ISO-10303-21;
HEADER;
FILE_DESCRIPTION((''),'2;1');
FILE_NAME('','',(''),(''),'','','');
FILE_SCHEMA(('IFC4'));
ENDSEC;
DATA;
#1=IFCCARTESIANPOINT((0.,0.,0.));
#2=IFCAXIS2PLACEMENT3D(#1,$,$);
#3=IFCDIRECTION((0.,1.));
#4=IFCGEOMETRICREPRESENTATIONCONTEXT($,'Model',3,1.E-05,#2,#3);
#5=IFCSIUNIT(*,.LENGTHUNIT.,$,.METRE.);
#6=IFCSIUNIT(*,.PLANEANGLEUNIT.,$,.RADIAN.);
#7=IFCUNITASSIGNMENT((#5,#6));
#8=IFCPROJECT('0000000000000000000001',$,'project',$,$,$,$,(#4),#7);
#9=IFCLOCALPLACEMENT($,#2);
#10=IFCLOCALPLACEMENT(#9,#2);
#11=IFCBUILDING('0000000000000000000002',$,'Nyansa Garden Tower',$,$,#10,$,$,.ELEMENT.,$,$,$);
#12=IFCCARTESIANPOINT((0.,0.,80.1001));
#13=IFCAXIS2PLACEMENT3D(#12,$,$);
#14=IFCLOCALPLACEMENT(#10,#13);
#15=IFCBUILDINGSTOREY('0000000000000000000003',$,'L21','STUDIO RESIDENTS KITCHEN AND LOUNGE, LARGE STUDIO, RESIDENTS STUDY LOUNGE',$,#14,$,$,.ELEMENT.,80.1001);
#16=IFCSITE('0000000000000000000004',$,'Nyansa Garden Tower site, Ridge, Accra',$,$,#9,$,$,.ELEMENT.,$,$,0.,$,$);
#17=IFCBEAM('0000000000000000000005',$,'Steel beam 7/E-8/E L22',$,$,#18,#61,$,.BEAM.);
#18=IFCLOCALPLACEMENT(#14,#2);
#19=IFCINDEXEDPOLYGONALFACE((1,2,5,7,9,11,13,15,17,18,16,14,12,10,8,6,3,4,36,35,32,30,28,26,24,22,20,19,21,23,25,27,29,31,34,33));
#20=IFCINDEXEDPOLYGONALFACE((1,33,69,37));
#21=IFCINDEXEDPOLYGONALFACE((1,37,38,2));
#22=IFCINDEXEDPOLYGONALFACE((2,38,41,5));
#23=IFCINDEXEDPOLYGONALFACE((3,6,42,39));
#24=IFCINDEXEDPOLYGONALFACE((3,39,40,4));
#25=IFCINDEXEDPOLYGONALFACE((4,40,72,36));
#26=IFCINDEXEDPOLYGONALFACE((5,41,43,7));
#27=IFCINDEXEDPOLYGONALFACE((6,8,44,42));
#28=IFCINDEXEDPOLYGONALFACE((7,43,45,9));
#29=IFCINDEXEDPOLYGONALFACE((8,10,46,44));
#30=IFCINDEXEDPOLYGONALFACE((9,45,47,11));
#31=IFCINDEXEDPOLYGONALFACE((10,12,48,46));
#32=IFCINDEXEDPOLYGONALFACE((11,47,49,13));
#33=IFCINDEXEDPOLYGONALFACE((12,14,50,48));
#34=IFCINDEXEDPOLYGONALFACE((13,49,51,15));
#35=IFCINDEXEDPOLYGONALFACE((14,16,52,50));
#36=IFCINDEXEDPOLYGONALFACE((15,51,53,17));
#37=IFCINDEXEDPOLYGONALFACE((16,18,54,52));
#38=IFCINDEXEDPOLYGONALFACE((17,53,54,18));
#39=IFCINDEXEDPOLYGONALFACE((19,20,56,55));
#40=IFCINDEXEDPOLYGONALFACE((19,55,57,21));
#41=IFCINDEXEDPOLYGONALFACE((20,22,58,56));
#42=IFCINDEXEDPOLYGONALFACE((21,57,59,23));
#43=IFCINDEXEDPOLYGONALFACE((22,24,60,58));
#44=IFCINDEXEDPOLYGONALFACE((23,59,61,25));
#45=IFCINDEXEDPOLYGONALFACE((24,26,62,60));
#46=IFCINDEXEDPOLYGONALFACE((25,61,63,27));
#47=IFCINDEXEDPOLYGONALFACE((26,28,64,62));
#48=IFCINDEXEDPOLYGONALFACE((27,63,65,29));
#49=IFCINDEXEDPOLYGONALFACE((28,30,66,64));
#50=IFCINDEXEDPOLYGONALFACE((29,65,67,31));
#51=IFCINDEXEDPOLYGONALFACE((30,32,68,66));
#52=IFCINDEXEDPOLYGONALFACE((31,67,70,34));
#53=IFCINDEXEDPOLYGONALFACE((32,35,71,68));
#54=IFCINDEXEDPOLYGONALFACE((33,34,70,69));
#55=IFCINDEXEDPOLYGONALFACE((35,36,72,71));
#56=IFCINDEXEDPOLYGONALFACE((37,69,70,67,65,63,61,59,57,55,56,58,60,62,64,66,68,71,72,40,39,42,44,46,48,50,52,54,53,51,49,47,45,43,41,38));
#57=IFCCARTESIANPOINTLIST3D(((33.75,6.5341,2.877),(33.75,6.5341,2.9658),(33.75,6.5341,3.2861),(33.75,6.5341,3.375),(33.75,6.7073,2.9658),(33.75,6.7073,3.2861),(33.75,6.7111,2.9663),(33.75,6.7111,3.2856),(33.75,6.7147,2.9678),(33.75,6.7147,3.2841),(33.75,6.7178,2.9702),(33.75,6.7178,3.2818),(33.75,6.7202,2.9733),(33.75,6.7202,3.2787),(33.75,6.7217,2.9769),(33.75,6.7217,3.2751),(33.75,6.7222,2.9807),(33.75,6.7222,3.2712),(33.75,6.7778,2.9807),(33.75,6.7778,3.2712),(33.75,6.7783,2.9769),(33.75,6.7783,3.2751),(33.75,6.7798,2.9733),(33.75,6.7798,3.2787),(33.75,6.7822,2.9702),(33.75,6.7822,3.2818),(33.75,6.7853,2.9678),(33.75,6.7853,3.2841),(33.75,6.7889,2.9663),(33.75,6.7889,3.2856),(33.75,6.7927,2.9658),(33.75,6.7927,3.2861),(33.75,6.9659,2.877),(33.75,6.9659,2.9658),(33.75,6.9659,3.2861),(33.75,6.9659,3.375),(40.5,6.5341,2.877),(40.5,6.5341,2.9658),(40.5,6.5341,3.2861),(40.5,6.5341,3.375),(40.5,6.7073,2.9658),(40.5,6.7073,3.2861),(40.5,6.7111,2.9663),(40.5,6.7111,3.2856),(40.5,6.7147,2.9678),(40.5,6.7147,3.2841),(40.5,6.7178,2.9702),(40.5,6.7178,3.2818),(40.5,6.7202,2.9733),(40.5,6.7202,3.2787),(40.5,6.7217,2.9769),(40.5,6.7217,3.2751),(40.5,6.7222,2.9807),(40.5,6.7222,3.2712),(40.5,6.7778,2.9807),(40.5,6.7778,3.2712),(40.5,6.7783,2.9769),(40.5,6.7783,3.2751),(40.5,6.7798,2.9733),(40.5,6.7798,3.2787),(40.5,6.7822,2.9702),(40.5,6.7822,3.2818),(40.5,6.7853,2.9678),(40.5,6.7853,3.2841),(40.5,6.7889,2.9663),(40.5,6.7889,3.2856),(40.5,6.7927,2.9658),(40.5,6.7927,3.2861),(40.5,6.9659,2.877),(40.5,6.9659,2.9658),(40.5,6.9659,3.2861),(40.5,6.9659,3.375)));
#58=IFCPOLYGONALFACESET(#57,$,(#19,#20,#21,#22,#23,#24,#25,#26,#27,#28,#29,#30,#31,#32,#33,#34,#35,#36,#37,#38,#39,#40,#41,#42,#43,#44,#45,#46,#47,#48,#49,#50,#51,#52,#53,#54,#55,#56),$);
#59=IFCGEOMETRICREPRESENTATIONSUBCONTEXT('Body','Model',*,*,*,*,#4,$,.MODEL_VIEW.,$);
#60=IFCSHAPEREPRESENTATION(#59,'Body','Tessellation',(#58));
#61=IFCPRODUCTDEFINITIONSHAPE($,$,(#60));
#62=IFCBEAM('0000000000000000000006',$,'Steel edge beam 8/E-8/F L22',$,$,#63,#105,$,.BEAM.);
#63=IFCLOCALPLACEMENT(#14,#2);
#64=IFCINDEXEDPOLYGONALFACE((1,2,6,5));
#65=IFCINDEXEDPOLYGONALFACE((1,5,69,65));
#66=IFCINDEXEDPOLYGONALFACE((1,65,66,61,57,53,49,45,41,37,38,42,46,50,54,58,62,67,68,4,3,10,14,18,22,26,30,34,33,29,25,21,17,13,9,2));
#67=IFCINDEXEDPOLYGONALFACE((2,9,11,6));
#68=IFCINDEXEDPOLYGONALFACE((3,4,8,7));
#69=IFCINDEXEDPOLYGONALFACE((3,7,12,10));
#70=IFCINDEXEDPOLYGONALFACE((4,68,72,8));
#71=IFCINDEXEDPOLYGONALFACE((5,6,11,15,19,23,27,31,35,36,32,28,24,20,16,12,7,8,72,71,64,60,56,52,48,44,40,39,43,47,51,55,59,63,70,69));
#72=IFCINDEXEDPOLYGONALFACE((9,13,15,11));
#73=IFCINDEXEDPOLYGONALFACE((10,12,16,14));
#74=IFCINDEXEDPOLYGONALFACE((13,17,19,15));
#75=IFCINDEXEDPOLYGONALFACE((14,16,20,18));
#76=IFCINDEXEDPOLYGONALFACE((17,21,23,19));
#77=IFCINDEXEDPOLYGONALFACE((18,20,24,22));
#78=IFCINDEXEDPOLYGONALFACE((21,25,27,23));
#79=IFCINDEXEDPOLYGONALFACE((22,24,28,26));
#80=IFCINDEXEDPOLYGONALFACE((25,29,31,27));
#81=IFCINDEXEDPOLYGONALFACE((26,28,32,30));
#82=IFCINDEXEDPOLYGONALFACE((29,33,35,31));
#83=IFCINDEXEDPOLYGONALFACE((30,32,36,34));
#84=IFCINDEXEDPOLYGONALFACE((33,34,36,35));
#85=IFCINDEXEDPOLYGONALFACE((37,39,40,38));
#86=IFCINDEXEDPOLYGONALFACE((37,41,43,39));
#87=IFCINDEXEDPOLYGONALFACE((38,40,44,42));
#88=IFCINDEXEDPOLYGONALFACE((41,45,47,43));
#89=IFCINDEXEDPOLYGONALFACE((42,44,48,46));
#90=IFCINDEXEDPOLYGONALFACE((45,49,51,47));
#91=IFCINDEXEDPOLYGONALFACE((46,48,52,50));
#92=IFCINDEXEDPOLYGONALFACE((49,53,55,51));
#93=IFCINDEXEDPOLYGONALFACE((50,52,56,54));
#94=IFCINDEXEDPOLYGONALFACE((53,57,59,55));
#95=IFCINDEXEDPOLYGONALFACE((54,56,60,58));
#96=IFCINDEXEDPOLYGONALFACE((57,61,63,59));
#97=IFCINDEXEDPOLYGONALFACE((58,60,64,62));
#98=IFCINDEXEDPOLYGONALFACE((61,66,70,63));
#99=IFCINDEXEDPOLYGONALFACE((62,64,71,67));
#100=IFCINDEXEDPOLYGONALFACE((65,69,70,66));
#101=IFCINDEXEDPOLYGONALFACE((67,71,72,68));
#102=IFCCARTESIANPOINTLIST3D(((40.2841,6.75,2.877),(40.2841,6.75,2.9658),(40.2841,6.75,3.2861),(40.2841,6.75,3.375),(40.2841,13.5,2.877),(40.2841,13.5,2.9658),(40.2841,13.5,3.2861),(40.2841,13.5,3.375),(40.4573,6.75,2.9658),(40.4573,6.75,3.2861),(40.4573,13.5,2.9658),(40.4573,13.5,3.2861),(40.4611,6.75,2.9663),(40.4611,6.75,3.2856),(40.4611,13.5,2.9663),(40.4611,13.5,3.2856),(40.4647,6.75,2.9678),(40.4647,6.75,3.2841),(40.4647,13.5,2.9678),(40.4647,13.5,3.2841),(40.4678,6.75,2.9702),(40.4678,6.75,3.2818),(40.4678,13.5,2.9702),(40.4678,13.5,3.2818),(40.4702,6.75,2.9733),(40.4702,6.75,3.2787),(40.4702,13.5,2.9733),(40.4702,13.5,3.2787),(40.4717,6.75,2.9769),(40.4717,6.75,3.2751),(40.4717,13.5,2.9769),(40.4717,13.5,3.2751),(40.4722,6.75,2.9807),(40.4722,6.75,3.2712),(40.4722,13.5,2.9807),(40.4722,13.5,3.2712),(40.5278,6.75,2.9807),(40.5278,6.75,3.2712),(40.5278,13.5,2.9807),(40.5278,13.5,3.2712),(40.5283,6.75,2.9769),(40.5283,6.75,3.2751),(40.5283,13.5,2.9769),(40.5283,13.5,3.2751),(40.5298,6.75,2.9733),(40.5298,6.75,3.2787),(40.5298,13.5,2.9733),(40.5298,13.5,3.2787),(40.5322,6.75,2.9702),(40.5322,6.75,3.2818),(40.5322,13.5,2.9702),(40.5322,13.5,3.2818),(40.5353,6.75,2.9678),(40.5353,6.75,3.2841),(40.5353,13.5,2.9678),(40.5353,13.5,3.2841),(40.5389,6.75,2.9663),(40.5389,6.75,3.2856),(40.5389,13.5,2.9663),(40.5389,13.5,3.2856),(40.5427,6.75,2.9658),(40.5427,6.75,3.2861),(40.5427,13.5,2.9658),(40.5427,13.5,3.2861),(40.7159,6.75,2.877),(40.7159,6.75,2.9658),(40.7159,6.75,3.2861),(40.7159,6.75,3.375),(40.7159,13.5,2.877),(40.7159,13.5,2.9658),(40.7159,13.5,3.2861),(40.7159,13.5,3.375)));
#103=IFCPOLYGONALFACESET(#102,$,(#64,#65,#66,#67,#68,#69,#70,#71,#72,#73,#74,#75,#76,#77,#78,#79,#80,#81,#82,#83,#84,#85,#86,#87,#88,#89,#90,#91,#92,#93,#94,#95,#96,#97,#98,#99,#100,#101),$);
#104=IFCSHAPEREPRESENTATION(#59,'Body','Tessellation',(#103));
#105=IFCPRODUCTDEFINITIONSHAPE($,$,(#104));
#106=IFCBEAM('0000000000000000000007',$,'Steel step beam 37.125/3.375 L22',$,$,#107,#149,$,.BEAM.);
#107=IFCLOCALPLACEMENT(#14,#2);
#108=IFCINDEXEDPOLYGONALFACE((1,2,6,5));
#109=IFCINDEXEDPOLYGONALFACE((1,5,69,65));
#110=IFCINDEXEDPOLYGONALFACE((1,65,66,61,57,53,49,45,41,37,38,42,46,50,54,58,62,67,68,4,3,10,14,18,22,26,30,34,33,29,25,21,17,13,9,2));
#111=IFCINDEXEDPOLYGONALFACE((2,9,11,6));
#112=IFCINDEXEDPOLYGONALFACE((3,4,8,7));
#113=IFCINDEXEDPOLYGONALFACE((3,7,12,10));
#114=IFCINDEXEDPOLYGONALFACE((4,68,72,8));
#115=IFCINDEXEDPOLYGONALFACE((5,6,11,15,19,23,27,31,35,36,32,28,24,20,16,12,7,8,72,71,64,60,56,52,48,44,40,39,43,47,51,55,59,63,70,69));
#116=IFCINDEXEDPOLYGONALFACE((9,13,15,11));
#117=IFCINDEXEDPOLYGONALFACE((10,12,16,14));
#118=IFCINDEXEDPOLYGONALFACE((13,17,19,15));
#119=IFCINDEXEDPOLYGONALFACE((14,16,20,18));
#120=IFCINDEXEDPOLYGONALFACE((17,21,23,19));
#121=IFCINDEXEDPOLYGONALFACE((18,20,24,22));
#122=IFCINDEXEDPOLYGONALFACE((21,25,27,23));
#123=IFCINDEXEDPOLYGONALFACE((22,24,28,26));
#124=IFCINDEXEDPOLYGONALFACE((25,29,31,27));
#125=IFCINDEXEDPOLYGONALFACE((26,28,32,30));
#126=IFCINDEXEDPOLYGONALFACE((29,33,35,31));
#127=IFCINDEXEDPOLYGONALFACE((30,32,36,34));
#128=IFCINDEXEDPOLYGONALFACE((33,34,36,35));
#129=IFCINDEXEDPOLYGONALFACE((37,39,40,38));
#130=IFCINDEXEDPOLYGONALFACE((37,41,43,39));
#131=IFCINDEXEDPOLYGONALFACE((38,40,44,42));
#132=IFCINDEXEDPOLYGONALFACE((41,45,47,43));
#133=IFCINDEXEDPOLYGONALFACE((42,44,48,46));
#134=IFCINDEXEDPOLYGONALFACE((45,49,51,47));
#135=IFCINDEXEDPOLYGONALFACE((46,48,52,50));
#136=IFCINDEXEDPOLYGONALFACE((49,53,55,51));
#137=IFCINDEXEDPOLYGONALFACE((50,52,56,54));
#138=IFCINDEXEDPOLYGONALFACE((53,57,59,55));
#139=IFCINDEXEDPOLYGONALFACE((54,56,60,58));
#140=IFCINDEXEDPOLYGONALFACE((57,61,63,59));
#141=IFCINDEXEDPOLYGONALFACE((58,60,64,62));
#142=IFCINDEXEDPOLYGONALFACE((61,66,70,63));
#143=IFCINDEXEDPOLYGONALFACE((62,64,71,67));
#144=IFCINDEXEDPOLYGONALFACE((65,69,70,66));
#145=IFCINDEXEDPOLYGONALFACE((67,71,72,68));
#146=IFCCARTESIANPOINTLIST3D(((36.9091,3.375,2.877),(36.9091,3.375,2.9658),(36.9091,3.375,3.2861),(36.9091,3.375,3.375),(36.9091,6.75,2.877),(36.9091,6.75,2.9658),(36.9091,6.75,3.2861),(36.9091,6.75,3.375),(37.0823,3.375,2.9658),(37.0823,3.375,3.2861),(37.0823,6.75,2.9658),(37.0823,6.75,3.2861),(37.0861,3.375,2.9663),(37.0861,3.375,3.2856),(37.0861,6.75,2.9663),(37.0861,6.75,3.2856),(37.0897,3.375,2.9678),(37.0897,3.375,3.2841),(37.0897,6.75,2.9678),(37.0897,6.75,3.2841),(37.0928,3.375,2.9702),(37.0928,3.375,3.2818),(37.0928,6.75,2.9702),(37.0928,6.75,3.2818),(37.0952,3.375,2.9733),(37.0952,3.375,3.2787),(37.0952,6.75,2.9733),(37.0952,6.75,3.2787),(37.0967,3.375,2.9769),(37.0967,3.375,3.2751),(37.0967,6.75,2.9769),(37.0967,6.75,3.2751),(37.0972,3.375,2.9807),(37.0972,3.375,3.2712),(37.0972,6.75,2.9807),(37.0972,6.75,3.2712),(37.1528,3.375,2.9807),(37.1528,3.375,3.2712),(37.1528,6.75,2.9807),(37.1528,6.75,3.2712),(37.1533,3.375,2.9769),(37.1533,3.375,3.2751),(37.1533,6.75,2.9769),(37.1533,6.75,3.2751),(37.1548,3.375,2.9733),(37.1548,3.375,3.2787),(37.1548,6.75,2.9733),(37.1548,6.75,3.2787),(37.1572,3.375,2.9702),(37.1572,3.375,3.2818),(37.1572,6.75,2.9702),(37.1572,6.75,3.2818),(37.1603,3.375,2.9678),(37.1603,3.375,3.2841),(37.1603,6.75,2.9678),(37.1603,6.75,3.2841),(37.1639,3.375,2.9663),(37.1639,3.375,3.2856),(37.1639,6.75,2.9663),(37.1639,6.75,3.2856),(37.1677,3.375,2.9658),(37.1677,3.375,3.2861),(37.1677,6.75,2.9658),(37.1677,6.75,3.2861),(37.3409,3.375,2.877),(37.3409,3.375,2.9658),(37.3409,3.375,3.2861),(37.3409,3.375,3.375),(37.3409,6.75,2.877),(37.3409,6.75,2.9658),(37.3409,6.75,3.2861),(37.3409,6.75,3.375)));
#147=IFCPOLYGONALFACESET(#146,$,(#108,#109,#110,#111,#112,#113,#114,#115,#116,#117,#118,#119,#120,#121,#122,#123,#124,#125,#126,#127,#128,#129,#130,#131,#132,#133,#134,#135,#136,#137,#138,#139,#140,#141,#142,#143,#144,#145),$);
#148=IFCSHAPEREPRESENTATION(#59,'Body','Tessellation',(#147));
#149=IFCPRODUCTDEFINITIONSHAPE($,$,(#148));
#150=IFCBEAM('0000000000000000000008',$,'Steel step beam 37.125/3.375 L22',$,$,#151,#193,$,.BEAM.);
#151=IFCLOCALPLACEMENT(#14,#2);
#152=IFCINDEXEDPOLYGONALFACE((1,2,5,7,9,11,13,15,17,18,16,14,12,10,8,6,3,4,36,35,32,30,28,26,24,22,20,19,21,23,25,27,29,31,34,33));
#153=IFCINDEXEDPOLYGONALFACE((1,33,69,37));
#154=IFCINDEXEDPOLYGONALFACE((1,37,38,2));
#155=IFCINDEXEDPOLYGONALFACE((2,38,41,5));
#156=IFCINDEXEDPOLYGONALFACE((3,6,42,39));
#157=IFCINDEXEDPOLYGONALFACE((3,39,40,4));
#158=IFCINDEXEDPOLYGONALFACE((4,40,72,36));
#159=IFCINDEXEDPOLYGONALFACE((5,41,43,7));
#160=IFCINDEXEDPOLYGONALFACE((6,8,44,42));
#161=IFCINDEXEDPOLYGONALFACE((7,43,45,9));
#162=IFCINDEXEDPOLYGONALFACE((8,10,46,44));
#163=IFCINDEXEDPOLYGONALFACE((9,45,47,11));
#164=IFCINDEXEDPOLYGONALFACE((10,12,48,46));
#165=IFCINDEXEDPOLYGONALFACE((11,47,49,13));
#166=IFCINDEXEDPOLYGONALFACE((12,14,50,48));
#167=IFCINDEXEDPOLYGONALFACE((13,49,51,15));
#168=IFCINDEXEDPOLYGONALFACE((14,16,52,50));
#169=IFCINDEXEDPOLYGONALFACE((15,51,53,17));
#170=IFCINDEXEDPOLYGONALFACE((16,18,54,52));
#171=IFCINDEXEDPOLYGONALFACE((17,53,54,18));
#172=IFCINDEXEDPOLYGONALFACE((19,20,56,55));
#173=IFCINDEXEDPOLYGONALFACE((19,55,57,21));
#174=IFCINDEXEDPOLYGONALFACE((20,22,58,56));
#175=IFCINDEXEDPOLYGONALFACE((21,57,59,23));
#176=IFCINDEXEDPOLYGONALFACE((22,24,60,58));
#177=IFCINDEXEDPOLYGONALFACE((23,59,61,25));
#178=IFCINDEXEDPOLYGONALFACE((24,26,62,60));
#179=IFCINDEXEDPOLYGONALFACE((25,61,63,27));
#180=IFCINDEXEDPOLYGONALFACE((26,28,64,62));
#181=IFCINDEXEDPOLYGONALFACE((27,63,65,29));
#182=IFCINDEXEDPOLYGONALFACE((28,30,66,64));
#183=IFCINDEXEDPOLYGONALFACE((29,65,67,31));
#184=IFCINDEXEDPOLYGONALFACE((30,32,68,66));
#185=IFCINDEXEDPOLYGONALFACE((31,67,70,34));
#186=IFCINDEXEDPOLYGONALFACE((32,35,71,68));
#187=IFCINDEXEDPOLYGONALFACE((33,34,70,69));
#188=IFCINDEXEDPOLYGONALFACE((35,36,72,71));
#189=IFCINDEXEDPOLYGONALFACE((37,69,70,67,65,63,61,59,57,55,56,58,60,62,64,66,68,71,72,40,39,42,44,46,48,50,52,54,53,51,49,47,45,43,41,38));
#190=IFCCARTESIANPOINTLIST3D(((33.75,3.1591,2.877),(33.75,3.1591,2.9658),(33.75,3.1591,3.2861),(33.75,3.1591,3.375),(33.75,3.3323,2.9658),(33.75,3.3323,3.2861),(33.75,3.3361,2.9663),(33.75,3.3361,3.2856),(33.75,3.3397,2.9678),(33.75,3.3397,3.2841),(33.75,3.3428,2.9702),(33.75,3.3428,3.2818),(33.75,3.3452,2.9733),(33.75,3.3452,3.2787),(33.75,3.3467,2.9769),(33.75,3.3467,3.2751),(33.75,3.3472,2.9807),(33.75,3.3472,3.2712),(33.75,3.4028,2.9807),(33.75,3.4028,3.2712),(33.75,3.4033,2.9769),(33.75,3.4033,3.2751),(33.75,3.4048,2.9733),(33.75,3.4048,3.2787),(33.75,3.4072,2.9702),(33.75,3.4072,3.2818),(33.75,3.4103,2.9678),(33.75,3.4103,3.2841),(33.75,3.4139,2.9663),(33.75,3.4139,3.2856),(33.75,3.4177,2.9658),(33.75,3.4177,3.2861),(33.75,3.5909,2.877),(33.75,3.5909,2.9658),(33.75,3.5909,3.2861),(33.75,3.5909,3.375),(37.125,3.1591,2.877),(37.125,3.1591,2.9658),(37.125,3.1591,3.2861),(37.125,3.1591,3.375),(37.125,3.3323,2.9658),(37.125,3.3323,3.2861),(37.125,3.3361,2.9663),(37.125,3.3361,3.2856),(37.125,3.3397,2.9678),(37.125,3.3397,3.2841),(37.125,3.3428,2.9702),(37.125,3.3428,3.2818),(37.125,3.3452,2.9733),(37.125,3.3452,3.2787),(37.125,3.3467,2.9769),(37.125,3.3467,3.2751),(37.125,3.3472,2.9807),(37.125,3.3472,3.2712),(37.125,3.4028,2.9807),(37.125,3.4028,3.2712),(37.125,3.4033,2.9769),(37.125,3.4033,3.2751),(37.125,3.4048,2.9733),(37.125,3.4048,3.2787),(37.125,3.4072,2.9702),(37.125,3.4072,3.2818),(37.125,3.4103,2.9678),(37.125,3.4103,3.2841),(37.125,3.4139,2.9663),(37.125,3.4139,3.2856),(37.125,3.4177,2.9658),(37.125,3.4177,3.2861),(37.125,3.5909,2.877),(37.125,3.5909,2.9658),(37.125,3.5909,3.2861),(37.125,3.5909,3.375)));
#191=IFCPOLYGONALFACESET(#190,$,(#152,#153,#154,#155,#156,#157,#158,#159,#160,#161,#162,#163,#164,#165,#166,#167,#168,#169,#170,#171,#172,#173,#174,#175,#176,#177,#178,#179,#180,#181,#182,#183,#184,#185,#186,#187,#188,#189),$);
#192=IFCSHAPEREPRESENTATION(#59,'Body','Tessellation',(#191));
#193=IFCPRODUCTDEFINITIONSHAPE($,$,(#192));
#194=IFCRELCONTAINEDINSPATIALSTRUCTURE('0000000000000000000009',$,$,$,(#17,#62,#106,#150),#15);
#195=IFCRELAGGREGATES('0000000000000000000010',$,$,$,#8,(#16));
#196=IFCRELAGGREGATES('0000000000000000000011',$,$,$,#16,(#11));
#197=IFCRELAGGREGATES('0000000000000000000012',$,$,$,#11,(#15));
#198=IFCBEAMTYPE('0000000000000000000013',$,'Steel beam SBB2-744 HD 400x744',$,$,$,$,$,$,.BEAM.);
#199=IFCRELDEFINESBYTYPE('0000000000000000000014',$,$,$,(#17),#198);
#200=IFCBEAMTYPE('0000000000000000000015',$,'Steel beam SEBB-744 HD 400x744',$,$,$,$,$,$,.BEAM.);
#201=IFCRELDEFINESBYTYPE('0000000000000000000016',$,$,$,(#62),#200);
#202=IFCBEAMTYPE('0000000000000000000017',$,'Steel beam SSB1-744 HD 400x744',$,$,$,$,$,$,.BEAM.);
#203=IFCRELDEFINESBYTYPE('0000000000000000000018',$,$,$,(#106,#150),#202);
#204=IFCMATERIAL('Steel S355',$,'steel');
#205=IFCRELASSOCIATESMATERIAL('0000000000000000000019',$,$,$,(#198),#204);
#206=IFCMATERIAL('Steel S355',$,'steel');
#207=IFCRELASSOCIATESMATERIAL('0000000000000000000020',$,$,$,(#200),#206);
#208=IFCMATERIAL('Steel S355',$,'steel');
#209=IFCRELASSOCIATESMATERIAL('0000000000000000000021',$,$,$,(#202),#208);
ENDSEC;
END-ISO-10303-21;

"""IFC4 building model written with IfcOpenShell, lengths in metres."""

from ifc_helpers import new_model, si_unit, direction, frame, origin, origin_2d, place, context, subcontext, project, spatial, i_section, extrude, material, material_profile, profile_set, type_object, element, save


model = new_model("IFC4")

# Units and contexts
model_context = context("Model", 3, precision=1e-05, world=origin(), true_north=direction((0.0, 1.0)))
body_context = subcontext(model_context, "Body", "Model", "MODEL_VIEW")
ifc_project = project(units=[si_unit("LENGTHUNIT", "METRE"), si_unit("PLANEANGLEUNIT", "RADIAN")], contexts=[model_context])

# Site, building, storey
site_placement = place(None, origin())
site = spatial("IfcSite", under=ifc_project, at=site_placement, Name="Nyansa Garden Tower site, Ridge, Accra", CompositionType="ELEMENT", RefElevation=0.0)
building_placement = place(site_placement, origin())
building = spatial("IfcBuilding", under=site, at=building_placement, Name="Nyansa Garden Tower", CompositionType="ELEMENT")
storey_placement = place(building_placement, frame((0.0, 0.0, 80.1001)))
storey = spatial("IfcBuildingStorey", under=building, at=storey_placement, Name="L21", Description="STUDIO RESIDENTS KITCHEN AND LOUNGE, LARGE STUDIO, RESIDENTS STUDY LOUNGE", CompositionType="ELEMENT", Elevation=80.1001)

# Beams
ifc_material_1 = material(Name="Steel S355", Category="steel")
ifc_material_profile_1 = material_profile(ifc_material_1, i_section(OverallWidth=0.4319, OverallDepth=0.498, WebThickness=0.0557, FlangeThickness=0.0889, FilletRadius=0.0149, at=origin_2d()), Name="HD 400x744")
ifc_profile_set_1 = profile_set([ifc_material_profile_1], Name="Steel S355")
beam_type_1 = type_object("IfcBeamType", Name="Steel beam SBB2-744 HD 400x744", PredefinedType="BEAM", material=ifc_profile_set_1)
for number, where, z_axis, x_axis, name in (
    (1, (33.75, 6.75, 3.126), (1.0, 0.0, 0.0), (0.0, 1.0, 0.0), "Steel beam 7/E-8/E L22"),
):
    element("IfcBeam", number, at=place(storey_placement, frame(where, z_axis=z_axis, x_axis=x_axis)), inside=storey, type_object=beam_type_1, Name=name, PredefinedType="BEAM", context=body_context, shape_type="SweptSolid", body=[
        extrude(i_section(OverallWidth=0.4319, OverallDepth=0.498, WebThickness=0.0557, FlangeThickness=0.0889, FilletRadius=0.0149, at=origin_2d()), origin(), (0.0, 0.0, 1.0), 6.75),
    ])
ifc_material_2 = material(Name="Steel S355", Category="steel")
ifc_material_profile_2 = material_profile(ifc_material_2, i_section(OverallWidth=0.4319, OverallDepth=0.498, WebThickness=0.0557, FlangeThickness=0.0889, FilletRadius=0.0149, at=origin_2d()), Name="HD 400x744")
ifc_profile_set_2 = profile_set([ifc_material_profile_2], Name="Steel S355")
beam_type_2 = type_object("IfcBeamType", Name="Steel beam SEBB-744 HD 400x744", PredefinedType="BEAM", material=ifc_profile_set_2)
beam_placement = place(storey_placement, frame((40.5, 6.75, 3.126), z_axis=(0.0, 1.0, 0.0), x_axis=(-1.0, 0.0, 0.0)))
element("IfcBeam", 2, at=beam_placement, inside=storey, type_object=beam_type_2, Name="Steel edge beam 8/E-8/F L22", PredefinedType="BEAM", context=body_context, shape_type="SweptSolid", body=[
    extrude(i_section(OverallWidth=0.4319, OverallDepth=0.498, WebThickness=0.0557, FlangeThickness=0.0889, FilletRadius=0.0149, at=origin_2d()), origin(), (0.0, 0.0, 1.0), 6.75),
])
ifc_material_3 = material(Name="Steel S355", Category="steel")
ifc_material_profile_3 = material_profile(ifc_material_3, i_section(OverallWidth=0.4319, OverallDepth=0.498, WebThickness=0.0557, FlangeThickness=0.0889, FilletRadius=0.0149, at=origin_2d()), Name="HD 400x744")
ifc_profile_set_3 = profile_set([ifc_material_profile_3], Name="Steel S355")
beam_type_3 = type_object("IfcBeamType", Name="Steel beam SSB1-744 HD 400x744", PredefinedType="BEAM", material=ifc_profile_set_3)
for number, where, z_axis, x_axis, name in (
    (3, (37.125, 3.375, 3.126), (0.0, 1.0, 0.0), (-1.0, 0.0, 0.0), "Steel step beam 37.125/3.375 L22"),
    (4, (37.125, 3.375, 3.126), (-1.0, 0.0, 0.0), (0.0, -1.0, 0.0), "Steel step beam 37.125/3.375 L22"),
):
    element("IfcBeam", number, at=place(storey_placement, frame(where, z_axis=z_axis, x_axis=x_axis)), inside=storey, type_object=beam_type_3, Name=name, PredefinedType="BEAM", context=body_context, shape_type="SweptSolid", body=[
        extrude(i_section(OverallWidth=0.4319, OverallDepth=0.498, WebThickness=0.0557, FlangeThickness=0.0889, FilletRadius=0.0149, at=origin_2d()), origin(), (0.0, 0.0, 1.0), 3.375),
    ])

save(model, "model.ifc")
